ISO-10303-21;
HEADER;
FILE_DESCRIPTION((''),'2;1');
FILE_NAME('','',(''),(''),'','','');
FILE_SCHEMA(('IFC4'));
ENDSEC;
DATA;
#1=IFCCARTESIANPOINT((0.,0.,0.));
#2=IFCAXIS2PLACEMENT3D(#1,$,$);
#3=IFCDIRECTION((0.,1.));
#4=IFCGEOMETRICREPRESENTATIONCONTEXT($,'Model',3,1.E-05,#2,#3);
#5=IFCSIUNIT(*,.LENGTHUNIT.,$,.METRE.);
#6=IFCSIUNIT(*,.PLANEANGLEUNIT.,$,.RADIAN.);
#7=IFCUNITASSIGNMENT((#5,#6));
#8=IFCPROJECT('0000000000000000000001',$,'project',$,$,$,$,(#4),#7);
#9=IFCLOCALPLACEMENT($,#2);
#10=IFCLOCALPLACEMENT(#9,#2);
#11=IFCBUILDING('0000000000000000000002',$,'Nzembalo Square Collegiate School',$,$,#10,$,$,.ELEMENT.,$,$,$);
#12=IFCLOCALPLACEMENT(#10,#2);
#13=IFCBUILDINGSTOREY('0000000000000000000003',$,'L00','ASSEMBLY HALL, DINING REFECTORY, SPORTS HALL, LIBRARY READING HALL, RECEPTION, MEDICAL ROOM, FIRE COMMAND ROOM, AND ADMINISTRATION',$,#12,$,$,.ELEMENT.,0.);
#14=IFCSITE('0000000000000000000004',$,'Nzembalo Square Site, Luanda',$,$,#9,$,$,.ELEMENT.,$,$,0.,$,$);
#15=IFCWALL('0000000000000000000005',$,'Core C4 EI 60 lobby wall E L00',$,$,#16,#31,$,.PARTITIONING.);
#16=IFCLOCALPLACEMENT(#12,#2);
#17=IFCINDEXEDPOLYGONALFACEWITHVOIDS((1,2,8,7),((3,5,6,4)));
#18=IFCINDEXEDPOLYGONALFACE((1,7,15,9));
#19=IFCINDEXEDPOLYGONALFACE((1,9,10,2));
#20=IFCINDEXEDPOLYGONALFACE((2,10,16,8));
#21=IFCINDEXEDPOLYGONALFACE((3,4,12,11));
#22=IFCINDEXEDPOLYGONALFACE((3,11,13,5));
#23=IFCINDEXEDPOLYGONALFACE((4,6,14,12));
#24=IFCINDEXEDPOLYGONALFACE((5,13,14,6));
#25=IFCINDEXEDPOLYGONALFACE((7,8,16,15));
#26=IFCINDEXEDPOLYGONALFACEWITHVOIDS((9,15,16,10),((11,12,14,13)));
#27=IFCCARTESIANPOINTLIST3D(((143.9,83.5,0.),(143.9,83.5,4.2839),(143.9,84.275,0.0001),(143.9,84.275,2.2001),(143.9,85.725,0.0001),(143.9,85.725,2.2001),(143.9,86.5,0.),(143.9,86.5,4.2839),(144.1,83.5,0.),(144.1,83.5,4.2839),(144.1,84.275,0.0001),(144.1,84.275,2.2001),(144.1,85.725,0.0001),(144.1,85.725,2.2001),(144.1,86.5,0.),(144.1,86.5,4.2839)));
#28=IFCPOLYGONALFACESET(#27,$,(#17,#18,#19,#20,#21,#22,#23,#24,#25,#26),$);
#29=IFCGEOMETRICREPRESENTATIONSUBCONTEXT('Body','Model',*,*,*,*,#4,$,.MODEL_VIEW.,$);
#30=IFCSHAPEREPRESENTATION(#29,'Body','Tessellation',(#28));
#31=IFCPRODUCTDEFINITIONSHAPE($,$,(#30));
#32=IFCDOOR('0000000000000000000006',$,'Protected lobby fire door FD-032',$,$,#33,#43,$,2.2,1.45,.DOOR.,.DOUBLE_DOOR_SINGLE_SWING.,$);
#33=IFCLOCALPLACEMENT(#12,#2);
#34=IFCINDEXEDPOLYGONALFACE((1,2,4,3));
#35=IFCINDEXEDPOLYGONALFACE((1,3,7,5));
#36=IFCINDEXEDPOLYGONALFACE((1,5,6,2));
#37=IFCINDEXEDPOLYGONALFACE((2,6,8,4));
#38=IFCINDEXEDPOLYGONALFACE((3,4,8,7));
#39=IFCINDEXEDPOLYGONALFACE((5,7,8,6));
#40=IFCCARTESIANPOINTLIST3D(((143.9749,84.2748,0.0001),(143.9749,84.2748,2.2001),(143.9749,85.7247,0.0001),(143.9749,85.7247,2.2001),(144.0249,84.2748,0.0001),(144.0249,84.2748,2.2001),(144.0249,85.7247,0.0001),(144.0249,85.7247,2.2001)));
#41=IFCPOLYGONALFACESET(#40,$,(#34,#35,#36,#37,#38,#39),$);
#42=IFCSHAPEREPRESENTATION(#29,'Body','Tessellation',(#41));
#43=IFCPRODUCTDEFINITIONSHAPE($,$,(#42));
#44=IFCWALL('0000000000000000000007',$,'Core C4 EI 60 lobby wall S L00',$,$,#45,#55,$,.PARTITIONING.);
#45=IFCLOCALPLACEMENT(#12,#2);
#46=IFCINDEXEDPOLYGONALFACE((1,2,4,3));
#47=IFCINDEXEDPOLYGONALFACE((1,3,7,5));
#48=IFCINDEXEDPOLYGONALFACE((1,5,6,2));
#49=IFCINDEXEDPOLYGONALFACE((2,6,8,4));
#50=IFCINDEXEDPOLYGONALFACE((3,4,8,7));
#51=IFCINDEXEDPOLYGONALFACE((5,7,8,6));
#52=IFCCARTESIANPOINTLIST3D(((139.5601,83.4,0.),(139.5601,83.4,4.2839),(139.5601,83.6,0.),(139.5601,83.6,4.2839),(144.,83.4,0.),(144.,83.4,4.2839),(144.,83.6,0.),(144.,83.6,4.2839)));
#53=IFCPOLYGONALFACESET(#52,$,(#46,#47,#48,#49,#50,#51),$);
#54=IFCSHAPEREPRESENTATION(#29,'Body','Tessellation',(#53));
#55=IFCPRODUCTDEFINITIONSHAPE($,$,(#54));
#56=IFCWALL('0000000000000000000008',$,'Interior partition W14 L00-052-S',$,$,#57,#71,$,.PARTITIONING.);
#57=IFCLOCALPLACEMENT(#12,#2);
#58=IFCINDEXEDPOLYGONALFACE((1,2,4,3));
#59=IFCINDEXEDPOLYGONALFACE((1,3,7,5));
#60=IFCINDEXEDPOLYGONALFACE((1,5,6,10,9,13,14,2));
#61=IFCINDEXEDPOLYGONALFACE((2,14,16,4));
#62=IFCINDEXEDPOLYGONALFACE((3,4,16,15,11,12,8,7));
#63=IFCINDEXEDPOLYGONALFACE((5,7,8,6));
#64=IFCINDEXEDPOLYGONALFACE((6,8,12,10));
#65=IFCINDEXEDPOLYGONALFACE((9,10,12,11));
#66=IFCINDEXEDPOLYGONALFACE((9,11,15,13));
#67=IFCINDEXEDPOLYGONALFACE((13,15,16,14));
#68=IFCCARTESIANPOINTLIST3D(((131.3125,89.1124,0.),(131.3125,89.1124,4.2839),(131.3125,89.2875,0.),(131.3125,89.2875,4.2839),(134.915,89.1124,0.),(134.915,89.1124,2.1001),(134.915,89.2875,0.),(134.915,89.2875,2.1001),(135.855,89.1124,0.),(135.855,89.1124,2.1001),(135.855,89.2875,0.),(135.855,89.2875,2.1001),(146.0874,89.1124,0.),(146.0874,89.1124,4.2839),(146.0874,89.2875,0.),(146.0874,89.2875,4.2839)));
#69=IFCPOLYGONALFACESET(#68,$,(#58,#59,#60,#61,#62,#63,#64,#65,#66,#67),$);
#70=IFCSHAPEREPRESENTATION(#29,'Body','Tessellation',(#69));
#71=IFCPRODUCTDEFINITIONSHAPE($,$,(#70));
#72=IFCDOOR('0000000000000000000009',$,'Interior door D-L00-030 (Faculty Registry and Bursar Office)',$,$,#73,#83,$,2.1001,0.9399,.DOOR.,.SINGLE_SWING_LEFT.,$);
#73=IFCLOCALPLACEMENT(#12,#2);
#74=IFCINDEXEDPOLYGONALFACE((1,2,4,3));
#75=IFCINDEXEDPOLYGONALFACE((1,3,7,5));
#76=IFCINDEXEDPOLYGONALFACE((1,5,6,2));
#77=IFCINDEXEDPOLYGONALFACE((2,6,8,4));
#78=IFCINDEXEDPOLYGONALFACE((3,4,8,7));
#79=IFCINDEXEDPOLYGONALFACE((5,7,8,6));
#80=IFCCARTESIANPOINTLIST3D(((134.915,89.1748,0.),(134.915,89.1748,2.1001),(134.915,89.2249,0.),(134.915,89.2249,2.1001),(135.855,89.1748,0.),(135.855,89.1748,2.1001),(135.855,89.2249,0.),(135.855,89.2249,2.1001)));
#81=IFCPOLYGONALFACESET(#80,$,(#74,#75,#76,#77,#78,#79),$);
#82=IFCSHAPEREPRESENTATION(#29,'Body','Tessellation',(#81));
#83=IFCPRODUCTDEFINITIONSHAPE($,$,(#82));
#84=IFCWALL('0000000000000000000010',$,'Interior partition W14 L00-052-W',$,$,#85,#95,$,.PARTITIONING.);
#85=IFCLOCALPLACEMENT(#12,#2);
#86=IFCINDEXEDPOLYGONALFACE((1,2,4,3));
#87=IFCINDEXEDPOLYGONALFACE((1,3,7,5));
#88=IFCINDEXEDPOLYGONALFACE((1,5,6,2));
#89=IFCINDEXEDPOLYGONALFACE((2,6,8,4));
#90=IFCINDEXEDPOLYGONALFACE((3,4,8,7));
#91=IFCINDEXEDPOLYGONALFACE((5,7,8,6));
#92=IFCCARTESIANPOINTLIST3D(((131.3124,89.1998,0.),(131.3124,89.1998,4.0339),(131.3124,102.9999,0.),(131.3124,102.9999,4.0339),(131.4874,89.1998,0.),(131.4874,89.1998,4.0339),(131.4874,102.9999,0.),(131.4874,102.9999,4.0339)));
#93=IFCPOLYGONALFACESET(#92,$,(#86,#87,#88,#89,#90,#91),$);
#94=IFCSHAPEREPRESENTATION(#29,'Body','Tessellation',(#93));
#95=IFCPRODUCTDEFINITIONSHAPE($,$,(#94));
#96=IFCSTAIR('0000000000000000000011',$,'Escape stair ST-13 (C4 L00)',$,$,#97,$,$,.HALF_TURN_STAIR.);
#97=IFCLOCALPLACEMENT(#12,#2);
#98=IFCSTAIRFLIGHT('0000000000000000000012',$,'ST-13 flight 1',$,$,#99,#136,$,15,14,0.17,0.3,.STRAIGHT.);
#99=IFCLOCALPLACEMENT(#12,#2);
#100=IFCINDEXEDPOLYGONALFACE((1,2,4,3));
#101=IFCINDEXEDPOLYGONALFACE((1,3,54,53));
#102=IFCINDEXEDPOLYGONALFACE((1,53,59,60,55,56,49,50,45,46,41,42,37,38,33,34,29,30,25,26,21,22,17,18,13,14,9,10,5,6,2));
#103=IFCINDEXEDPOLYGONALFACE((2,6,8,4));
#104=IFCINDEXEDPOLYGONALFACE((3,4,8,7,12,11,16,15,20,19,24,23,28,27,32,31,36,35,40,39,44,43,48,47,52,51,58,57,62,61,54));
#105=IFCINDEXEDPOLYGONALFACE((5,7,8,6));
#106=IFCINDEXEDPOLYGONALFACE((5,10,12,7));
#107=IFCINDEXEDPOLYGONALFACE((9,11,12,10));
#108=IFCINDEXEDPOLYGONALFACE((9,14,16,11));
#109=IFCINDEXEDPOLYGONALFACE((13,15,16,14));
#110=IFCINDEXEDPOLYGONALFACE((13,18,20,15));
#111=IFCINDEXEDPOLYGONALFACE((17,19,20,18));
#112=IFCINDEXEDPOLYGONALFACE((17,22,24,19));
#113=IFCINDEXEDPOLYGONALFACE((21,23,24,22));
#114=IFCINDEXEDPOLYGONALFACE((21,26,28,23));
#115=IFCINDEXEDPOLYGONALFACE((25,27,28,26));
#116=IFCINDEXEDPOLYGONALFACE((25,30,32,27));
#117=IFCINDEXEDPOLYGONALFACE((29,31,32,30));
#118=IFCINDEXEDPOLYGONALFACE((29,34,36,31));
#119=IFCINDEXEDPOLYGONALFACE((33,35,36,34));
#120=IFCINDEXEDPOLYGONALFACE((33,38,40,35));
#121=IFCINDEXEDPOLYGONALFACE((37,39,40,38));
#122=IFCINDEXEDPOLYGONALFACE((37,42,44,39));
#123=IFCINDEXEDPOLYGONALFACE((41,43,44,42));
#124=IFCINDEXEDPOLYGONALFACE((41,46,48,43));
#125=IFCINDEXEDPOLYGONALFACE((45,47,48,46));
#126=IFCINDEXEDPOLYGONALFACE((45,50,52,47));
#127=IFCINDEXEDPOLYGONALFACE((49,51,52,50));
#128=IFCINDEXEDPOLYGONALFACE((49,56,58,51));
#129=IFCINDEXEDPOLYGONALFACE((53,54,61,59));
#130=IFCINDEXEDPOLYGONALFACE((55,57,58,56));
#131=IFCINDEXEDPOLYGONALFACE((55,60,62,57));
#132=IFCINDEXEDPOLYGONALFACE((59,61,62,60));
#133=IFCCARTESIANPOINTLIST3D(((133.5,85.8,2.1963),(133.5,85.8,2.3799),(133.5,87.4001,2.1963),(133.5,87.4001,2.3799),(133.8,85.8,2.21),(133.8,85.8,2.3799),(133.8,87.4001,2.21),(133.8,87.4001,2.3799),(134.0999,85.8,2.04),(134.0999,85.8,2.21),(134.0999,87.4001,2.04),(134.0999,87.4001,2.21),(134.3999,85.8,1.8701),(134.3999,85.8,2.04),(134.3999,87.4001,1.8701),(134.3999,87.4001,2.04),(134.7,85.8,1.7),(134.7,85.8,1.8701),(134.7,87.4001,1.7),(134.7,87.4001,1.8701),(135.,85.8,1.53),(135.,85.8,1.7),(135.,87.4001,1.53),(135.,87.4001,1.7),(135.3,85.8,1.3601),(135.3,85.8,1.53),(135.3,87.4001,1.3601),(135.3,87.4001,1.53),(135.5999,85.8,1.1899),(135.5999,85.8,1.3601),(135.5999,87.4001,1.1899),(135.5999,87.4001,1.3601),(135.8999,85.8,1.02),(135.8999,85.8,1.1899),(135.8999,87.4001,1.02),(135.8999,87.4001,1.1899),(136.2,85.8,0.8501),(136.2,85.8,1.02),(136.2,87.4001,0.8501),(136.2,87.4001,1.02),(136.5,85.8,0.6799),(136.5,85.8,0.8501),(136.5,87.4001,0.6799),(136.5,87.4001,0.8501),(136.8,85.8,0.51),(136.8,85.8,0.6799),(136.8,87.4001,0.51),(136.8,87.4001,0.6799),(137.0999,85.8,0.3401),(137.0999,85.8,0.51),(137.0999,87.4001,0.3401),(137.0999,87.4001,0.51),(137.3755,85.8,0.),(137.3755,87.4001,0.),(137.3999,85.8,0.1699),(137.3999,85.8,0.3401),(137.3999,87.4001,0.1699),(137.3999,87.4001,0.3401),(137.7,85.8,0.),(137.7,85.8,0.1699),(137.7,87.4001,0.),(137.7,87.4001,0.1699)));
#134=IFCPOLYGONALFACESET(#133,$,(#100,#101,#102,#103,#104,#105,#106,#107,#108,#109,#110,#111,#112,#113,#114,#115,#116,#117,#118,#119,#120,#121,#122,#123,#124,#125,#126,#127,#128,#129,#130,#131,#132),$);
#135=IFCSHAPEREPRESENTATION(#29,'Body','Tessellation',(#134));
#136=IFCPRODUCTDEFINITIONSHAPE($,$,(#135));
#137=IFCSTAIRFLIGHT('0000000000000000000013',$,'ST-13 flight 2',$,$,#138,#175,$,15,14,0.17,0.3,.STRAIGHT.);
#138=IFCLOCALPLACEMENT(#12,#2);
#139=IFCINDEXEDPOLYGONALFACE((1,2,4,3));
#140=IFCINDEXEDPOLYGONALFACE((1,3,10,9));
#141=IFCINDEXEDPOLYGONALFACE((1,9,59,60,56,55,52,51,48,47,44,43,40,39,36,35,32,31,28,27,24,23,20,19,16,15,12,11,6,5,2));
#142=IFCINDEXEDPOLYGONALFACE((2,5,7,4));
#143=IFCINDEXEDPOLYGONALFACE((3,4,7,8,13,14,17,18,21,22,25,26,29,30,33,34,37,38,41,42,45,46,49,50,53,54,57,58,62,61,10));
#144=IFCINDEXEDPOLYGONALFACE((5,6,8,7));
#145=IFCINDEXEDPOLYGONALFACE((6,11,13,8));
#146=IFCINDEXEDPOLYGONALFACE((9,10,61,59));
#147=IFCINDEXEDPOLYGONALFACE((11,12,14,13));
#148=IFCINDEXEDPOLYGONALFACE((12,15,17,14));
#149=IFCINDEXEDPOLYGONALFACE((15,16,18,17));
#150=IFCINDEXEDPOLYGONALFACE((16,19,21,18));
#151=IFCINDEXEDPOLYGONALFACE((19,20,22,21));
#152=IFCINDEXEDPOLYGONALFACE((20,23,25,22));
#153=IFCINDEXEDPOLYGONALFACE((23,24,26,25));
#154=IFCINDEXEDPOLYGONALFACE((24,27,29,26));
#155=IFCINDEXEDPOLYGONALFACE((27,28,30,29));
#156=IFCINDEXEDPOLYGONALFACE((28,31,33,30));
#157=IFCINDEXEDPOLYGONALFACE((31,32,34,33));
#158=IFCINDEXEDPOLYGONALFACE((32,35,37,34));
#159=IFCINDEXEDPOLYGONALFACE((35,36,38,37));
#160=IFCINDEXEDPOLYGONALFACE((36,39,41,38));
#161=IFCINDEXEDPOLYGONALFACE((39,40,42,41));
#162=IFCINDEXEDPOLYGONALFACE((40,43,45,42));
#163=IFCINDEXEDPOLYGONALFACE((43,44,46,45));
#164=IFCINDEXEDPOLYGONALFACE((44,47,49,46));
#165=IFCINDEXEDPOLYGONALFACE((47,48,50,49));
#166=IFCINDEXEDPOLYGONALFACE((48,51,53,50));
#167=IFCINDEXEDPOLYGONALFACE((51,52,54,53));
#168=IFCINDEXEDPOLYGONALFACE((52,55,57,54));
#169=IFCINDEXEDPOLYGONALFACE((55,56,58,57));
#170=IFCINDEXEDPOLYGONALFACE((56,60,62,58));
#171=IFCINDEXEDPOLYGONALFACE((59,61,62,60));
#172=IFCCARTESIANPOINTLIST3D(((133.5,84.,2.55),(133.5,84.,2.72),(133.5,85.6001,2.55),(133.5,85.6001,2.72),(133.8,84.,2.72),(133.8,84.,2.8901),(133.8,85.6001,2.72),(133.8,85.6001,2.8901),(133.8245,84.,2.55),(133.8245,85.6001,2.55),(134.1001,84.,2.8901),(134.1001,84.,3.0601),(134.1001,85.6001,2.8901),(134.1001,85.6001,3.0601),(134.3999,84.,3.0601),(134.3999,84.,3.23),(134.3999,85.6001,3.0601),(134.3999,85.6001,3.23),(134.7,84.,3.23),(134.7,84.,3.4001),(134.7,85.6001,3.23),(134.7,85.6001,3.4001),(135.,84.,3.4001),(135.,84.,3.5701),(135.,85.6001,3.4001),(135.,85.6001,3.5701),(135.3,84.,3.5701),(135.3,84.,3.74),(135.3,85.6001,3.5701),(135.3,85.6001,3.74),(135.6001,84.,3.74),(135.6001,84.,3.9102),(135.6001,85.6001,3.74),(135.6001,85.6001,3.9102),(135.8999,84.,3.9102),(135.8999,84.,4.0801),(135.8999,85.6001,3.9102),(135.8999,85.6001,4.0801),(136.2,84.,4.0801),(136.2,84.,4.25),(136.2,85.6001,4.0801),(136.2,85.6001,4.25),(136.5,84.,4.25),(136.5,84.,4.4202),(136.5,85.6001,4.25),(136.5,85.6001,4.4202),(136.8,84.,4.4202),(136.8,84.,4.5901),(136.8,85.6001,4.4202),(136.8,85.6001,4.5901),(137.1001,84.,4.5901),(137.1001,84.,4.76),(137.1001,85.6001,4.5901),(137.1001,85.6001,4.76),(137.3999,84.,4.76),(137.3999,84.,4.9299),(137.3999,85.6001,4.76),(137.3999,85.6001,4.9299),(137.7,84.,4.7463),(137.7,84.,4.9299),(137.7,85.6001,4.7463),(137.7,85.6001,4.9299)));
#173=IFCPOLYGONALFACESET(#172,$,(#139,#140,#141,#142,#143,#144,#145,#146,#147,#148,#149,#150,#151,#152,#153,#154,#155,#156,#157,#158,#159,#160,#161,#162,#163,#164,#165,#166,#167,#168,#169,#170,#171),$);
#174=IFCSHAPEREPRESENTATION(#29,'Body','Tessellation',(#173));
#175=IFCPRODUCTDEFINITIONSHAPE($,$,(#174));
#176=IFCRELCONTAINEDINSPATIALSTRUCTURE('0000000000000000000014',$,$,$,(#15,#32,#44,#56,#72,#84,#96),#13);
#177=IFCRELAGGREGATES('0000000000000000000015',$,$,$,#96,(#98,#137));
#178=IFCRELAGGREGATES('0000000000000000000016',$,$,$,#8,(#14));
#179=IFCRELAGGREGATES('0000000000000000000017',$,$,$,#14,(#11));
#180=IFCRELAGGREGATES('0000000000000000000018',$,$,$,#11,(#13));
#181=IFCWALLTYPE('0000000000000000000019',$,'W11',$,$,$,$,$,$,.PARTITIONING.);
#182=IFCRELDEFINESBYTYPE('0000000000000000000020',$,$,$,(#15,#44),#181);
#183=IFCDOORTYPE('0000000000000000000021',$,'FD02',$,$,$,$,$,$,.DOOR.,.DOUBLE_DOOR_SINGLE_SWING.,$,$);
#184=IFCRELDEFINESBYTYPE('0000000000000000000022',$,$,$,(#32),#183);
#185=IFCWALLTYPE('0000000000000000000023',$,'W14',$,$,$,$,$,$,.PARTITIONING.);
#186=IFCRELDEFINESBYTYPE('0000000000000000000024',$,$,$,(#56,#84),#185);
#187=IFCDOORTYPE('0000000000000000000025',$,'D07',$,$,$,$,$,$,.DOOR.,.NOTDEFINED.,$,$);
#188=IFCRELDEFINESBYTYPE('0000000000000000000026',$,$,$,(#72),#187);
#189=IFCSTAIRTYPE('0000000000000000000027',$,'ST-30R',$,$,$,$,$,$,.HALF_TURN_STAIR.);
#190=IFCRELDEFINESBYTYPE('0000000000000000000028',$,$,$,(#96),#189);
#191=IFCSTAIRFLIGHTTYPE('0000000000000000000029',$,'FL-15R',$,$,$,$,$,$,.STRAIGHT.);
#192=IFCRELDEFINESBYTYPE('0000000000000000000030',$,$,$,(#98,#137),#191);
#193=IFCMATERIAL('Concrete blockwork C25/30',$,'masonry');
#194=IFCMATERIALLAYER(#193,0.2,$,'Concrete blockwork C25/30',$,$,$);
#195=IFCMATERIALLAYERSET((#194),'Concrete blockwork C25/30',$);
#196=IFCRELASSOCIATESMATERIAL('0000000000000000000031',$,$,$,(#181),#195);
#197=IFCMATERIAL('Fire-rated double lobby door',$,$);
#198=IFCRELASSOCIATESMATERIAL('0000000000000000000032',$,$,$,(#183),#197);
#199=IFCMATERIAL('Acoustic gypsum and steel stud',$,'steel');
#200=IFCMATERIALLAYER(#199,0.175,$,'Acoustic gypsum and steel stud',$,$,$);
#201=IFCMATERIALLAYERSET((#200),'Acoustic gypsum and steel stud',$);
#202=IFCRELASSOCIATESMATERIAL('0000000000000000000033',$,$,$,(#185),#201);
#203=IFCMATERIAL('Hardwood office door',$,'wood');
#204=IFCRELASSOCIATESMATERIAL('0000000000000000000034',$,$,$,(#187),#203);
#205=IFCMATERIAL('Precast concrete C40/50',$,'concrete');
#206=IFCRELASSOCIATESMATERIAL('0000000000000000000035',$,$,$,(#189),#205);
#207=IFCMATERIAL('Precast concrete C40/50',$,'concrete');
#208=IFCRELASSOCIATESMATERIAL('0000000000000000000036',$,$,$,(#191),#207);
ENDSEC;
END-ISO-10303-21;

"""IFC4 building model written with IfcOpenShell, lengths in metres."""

from ifc_helpers import new_model, si_unit, direction, frame, frame_2d, origin, place, context, subcontext, project, spatial, polyline, rectangle, outline, extrude, material, layer, layer_set, type_object, element, fill, aggregate, save


model = new_model("IFC4")

# Units and contexts
model_context = context("Model", 3, precision=1e-05, world=origin(), true_north=direction((0.0, 1.0)))
body_context = subcontext(model_context, "Body", "Model", "MODEL_VIEW")
ifc_project = project(units=[si_unit("LENGTHUNIT", "METRE"), si_unit("PLANEANGLEUNIT", "RADIAN")], contexts=[model_context])

# Site, building, storey
site_placement = place(None, origin())
site = spatial("IfcSite", under=ifc_project, at=site_placement, Name="Nzembalo Square Site, Luanda", CompositionType="ELEMENT", RefElevation=0.0)
building_placement = place(site_placement, origin())
building = spatial("IfcBuilding", under=site, at=building_placement, Name="Nzembalo Square Collegiate School", CompositionType="ELEMENT")
storey_placement = place(building_placement, origin())
storey = spatial("IfcBuildingStorey", under=building, at=storey_placement, Name="L00", Description="ASSEMBLY HALL, DINING REFECTORY, SPORTS HALL, LIBRARY READING HALL, RECEPTION, MEDICAL ROOM, FIRE COMMAND ROOM, AND ADMINISTRATION", CompositionType="ELEMENT", Elevation=0.0)

# Wall, opening, door
ifc_material_1 = material(Name="Concrete blockwork C25/30", Category="masonry")
ifc_layer_1 = layer(ifc_material_1, 0.2, Name="Concrete blockwork C25/30")
ifc_layer_set_1 = layer_set([ifc_layer_1], Name="Concrete blockwork C25/30")
wall_type_1 = type_object("IfcWallType", Name="W11", PredefinedType="PARTITIONING", material=ifc_layer_set_1)
wall_1_placement = place(storey_placement, frame((144.0, 83.5, 0.0), z_axis=(0.0, 0.0, 1.0), x_axis=(0.0, 1.0, 0.0)))
wall_1 = element("IfcWall", 1, at=wall_1_placement, inside=storey, type_object=wall_type_1, Name="Core C4 EI 60 lobby wall E L00", PredefinedType="PARTITIONING", context=body_context, shape_type="SweptSolid", body=[
    extrude(rectangle(XDim=3.0, YDim=0.2, at=frame_2d((1.5, 0.0))), origin(), (0.0, 0.0, 1.0), 4.2839),
])
opening_1_placement = place(wall_1_placement, frame((0.7749, 0.0, 0.0)))
opening_1 = element("IfcOpeningElement", 2, at=opening_1_placement, cuts=wall_1, PredefinedType="OPENING", context=body_context, shape_type="SweptSolid", body=[
    extrude(rectangle(XDim=1.45, YDim=2.2, at=frame_2d((0.7251, 1.1001))), frame((0.0, 0.1099, 0.0), z_axis=(0.0, -1.0, 0.0), x_axis=(1.0, 0.0, 0.0)), (0.0, 0.0, 1.0), 0.22),
])
ifc_material_2 = material(Name="Fire-rated double lobby door")
door_type_1 = type_object("IfcDoorType", Name="FD02", OperationType="DOUBLE_DOOR_SINGLE_SWING", PredefinedType="DOOR", material=ifc_material_2)
door_1_placement = place(opening_1_placement, frame((1.45, 0.0, 0.0), z_axis=(0.0, 0.0, 1.0), x_axis=(-1.0, 0.0, 0.0)))
door_1 = element("IfcDoor", 3, at=door_1_placement, inside=storey, type_object=door_type_1, Name="Protected lobby fire door FD-032", OperationType="DOUBLE_DOOR_SINGLE_SWING", OverallHeight=2.2, OverallWidth=1.45, PredefinedType="DOOR", context=body_context, shape_type="SweptSolid", body=[
    extrude(rectangle(XDim=1.45, YDim=2.2, at=frame_2d((0.7251, 1.1001))), frame((0.0, 0.0249, 0.0), z_axis=(0.0, -1.0, 0.0), x_axis=(1.0, 0.0, 0.0)), (0.0, 0.0, 1.0), 0.05),
])
fill(opening_1, door_1)

# Wall
wall_2_placement = place(storey_placement, frame((139.5601, 83.5, 0.0), z_axis=(0.0, 0.0, 1.0), x_axis=(1.0, 0.0, 0.0)))
element("IfcWall", 4, at=wall_2_placement, inside=storey, type_object=wall_type_1, Name="Core C4 EI 60 lobby wall S L00", PredefinedType="PARTITIONING", context=body_context, shape_type="SweptSolid", body=[
    extrude(rectangle(XDim=4.4399, YDim=0.2, at=frame_2d((2.22, 0.0))), origin(), (0.0, 0.0, 1.0), 4.2839),
])

# Wall, opening, door
ifc_material_3 = material(Name="Acoustic gypsum and steel stud", Category="steel")
ifc_layer_2 = layer(ifc_material_3, 0.175, Name="Acoustic gypsum and steel stud")
ifc_layer_set_2 = layer_set([ifc_layer_2], Name="Acoustic gypsum and steel stud")
wall_type_2 = type_object("IfcWallType", Name="W14", PredefinedType="PARTITIONING", material=ifc_layer_set_2)
wall_3_placement = place(storey_placement, frame((131.3125, 89.2, 0.0), z_axis=(0.0, 0.0, 1.0), x_axis=(1.0, 0.0, 0.0)))
wall_3 = element("IfcWall", 5, at=wall_3_placement, inside=storey, type_object=wall_type_2, Name="Interior partition W14 L00-052-S", PredefinedType="PARTITIONING", context=body_context, shape_type="SweptSolid", body=[
    extrude(rectangle(XDim=14.7749, YDim=0.175, at=frame_2d((7.3875, 0.0))), origin(), (0.0, 0.0, 1.0), 4.2839),
])
opening_2_placement = place(wall_3_placement, frame((3.6025, 0.0, 0.0)))
opening_2 = element("IfcOpeningElement", 6, at=opening_2_placement, cuts=wall_3, PredefinedType="OPENING", context=body_context, shape_type="SweptSolid", body=[
    extrude(rectangle(XDim=0.9399, YDim=2.1001, at=frame_2d((0.47, 1.05))), frame((0.0, 0.0977, 0.0), z_axis=(0.0, -1.0, 0.0), x_axis=(1.0, 0.0, 0.0)), (0.0, 0.0, 1.0), 0.1951),
])
ifc_material_4 = material(Name="Hardwood office door", Category="wood")
door_type_2 = type_object("IfcDoorType", Name="D07", OperationType="NOTDEFINED", PredefinedType="DOOR", material=ifc_material_4)
door_2_placement = place(opening_2_placement, origin())
door_2 = element("IfcDoor", 7, at=door_2_placement, inside=storey, type_object=door_type_2, Name="Interior door D-L00-030 (Faculty Registry and Bursar Office)", OperationType="SINGLE_SWING_LEFT", OverallHeight=2.1001, OverallWidth=0.9399, PredefinedType="DOOR", context=body_context, shape_type="SweptSolid", body=[
    extrude(rectangle(XDim=0.9399, YDim=2.1001, at=frame_2d((0.47, 1.05))), frame((0.0, 0.0249, 0.0), z_axis=(0.0, -1.0, 0.0), x_axis=(1.0, 0.0, 0.0)), (0.0, 0.0, 1.0), 0.05),
])
fill(opening_2, door_2)

# Wall
wall_4_placement = place(storey_placement, frame((131.3999, 89.2, 0.0), z_axis=(0.0, 0.0, 1.0), x_axis=(0.0, 1.0, 0.0)))
element("IfcWall", 8, at=wall_4_placement, inside=storey, type_object=wall_type_2, Name="Interior partition W14 L00-052-W", PredefinedType="PARTITIONING", context=body_context, shape_type="SweptSolid", body=[
    extrude(rectangle(XDim=13.8, YDim=0.175, at=frame_2d((6.8999, 0.0))), origin(), (0.0, 0.0, 1.0), 4.0339),
])

# Stair, stair flights
ifc_material_5 = material(Name="Precast concrete C40/50", Category="concrete")
stair_type = type_object("IfcStairType", Name="ST-30R", PredefinedType="HALF_TURN_STAIR", material=ifc_material_5)
stair_placement = place(storey_placement, origin())
stair = element("IfcStair", 9, at=stair_placement, inside=storey, type_object=stair_type, Name="Escape stair ST-13 (C4 L00)", PredefinedType="HALF_TURN_STAIR")
ifc_material_6 = material(Name="Precast concrete C40/50", Category="concrete")
stair_flight_type = type_object("IfcStairFlightType", Name="FL-15R", PredefinedType="STRAIGHT", material=ifc_material_6)
stair_flight_1_placement = place(storey_placement, frame((137.7, 86.6001, 0.0), z_axis=(0.0, 0.0, 1.0), x_axis=(-1.0, 0.0, 0.0)))
stair_flight_1 = element("IfcStairFlight", 10, at=stair_flight_1_placement, type_object=stair_flight_type, Name="ST-13 flight 1", NumberOfRisers=15, NumberOfTreads=14, PredefinedType="STRAIGHT", RiserHeight=0.17, TreadLength=0.3, context=body_context, shape_type="SweptSolid", body=[
    extrude(outline(polyline([(0.0, 0.0), (0.0, 0.1699), (0.3, 0.1699), (0.3, 0.3401), (0.6001, 0.3401), (0.6001, 0.51), (0.8999, 0.51), (0.8999, 0.6799), (1.2, 0.6799), (1.2, 0.8501), (1.5, 0.8501), (1.5, 1.02), (1.8, 1.02), (1.8, 1.1899), (2.1001, 1.1899), (2.1001, 1.3601), (2.3999, 1.3601), (2.3999, 1.53), (2.7, 1.53), (2.7, 1.7), (3.0, 1.7), (3.0, 1.8701), (3.3, 1.8701), (3.3, 2.04), (3.6001, 2.04), (3.6001, 2.21), (3.8999, 2.21), (3.8999, 2.3799), (4.2, 2.3799), (4.2, 2.55), (4.2, 2.1963), (0.3245, 0.0), (0.0, 0.0)])), frame((0.0, 0.8, 0.0), z_axis=(0.0, -1.0, 0.0), x_axis=(1.0, 0.0, 0.0)), (0.0, 0.0, 1.0), 1.6001),
])
stair_flight_2_placement = place(storey_placement, frame((133.5, 84.8, 2.55), z_axis=(0.0, 0.0, 1.0), x_axis=(1.0, 0.0, 0.0)))
stair_flight_2 = element("IfcStairFlight", 11, at=stair_flight_2_placement, type_object=stair_flight_type, Name="ST-13 flight 2", NumberOfRisers=15, NumberOfTreads=14, PredefinedType="STRAIGHT", RiserHeight=0.17, TreadLength=0.3, context=body_context, shape_type="SweptSolid", body=[
    extrude(outline(polyline([(0.0, 0.0), (0.0, 0.1699), (0.3, 0.1699), (0.3, 0.3401), (0.6001, 0.3401), (0.6001, 0.51), (0.8999, 0.51), (0.8999, 0.6799), (1.2, 0.6799), (1.2, 0.8501), (1.5, 0.8501), (1.5, 1.02), (1.8, 1.02), (1.8, 1.1899), (2.1001, 1.1899), (2.1001, 1.3601), (2.3999, 1.3601), (2.3999, 1.53), (2.7, 1.53), (2.7, 1.7), (3.0, 1.7), (3.0, 1.8701), (3.3, 1.8701), (3.3, 2.04), (3.6001, 2.04), (3.6001, 2.21), (3.8999, 2.21), (3.8999, 2.3799), (4.2, 2.3799), (4.2, 2.55), (4.2, 2.1963), (0.3245, 0.0), (0.0, 0.0)])), frame((0.0, 0.8, 0.0), z_axis=(0.0, -1.0, 0.0), x_axis=(1.0, 0.0, 0.0)), (0.0, 0.0, 1.0), 1.6001),
])
aggregate(stair, [stair_flight_1, stair_flight_2])

save(model, "model.ifc")
